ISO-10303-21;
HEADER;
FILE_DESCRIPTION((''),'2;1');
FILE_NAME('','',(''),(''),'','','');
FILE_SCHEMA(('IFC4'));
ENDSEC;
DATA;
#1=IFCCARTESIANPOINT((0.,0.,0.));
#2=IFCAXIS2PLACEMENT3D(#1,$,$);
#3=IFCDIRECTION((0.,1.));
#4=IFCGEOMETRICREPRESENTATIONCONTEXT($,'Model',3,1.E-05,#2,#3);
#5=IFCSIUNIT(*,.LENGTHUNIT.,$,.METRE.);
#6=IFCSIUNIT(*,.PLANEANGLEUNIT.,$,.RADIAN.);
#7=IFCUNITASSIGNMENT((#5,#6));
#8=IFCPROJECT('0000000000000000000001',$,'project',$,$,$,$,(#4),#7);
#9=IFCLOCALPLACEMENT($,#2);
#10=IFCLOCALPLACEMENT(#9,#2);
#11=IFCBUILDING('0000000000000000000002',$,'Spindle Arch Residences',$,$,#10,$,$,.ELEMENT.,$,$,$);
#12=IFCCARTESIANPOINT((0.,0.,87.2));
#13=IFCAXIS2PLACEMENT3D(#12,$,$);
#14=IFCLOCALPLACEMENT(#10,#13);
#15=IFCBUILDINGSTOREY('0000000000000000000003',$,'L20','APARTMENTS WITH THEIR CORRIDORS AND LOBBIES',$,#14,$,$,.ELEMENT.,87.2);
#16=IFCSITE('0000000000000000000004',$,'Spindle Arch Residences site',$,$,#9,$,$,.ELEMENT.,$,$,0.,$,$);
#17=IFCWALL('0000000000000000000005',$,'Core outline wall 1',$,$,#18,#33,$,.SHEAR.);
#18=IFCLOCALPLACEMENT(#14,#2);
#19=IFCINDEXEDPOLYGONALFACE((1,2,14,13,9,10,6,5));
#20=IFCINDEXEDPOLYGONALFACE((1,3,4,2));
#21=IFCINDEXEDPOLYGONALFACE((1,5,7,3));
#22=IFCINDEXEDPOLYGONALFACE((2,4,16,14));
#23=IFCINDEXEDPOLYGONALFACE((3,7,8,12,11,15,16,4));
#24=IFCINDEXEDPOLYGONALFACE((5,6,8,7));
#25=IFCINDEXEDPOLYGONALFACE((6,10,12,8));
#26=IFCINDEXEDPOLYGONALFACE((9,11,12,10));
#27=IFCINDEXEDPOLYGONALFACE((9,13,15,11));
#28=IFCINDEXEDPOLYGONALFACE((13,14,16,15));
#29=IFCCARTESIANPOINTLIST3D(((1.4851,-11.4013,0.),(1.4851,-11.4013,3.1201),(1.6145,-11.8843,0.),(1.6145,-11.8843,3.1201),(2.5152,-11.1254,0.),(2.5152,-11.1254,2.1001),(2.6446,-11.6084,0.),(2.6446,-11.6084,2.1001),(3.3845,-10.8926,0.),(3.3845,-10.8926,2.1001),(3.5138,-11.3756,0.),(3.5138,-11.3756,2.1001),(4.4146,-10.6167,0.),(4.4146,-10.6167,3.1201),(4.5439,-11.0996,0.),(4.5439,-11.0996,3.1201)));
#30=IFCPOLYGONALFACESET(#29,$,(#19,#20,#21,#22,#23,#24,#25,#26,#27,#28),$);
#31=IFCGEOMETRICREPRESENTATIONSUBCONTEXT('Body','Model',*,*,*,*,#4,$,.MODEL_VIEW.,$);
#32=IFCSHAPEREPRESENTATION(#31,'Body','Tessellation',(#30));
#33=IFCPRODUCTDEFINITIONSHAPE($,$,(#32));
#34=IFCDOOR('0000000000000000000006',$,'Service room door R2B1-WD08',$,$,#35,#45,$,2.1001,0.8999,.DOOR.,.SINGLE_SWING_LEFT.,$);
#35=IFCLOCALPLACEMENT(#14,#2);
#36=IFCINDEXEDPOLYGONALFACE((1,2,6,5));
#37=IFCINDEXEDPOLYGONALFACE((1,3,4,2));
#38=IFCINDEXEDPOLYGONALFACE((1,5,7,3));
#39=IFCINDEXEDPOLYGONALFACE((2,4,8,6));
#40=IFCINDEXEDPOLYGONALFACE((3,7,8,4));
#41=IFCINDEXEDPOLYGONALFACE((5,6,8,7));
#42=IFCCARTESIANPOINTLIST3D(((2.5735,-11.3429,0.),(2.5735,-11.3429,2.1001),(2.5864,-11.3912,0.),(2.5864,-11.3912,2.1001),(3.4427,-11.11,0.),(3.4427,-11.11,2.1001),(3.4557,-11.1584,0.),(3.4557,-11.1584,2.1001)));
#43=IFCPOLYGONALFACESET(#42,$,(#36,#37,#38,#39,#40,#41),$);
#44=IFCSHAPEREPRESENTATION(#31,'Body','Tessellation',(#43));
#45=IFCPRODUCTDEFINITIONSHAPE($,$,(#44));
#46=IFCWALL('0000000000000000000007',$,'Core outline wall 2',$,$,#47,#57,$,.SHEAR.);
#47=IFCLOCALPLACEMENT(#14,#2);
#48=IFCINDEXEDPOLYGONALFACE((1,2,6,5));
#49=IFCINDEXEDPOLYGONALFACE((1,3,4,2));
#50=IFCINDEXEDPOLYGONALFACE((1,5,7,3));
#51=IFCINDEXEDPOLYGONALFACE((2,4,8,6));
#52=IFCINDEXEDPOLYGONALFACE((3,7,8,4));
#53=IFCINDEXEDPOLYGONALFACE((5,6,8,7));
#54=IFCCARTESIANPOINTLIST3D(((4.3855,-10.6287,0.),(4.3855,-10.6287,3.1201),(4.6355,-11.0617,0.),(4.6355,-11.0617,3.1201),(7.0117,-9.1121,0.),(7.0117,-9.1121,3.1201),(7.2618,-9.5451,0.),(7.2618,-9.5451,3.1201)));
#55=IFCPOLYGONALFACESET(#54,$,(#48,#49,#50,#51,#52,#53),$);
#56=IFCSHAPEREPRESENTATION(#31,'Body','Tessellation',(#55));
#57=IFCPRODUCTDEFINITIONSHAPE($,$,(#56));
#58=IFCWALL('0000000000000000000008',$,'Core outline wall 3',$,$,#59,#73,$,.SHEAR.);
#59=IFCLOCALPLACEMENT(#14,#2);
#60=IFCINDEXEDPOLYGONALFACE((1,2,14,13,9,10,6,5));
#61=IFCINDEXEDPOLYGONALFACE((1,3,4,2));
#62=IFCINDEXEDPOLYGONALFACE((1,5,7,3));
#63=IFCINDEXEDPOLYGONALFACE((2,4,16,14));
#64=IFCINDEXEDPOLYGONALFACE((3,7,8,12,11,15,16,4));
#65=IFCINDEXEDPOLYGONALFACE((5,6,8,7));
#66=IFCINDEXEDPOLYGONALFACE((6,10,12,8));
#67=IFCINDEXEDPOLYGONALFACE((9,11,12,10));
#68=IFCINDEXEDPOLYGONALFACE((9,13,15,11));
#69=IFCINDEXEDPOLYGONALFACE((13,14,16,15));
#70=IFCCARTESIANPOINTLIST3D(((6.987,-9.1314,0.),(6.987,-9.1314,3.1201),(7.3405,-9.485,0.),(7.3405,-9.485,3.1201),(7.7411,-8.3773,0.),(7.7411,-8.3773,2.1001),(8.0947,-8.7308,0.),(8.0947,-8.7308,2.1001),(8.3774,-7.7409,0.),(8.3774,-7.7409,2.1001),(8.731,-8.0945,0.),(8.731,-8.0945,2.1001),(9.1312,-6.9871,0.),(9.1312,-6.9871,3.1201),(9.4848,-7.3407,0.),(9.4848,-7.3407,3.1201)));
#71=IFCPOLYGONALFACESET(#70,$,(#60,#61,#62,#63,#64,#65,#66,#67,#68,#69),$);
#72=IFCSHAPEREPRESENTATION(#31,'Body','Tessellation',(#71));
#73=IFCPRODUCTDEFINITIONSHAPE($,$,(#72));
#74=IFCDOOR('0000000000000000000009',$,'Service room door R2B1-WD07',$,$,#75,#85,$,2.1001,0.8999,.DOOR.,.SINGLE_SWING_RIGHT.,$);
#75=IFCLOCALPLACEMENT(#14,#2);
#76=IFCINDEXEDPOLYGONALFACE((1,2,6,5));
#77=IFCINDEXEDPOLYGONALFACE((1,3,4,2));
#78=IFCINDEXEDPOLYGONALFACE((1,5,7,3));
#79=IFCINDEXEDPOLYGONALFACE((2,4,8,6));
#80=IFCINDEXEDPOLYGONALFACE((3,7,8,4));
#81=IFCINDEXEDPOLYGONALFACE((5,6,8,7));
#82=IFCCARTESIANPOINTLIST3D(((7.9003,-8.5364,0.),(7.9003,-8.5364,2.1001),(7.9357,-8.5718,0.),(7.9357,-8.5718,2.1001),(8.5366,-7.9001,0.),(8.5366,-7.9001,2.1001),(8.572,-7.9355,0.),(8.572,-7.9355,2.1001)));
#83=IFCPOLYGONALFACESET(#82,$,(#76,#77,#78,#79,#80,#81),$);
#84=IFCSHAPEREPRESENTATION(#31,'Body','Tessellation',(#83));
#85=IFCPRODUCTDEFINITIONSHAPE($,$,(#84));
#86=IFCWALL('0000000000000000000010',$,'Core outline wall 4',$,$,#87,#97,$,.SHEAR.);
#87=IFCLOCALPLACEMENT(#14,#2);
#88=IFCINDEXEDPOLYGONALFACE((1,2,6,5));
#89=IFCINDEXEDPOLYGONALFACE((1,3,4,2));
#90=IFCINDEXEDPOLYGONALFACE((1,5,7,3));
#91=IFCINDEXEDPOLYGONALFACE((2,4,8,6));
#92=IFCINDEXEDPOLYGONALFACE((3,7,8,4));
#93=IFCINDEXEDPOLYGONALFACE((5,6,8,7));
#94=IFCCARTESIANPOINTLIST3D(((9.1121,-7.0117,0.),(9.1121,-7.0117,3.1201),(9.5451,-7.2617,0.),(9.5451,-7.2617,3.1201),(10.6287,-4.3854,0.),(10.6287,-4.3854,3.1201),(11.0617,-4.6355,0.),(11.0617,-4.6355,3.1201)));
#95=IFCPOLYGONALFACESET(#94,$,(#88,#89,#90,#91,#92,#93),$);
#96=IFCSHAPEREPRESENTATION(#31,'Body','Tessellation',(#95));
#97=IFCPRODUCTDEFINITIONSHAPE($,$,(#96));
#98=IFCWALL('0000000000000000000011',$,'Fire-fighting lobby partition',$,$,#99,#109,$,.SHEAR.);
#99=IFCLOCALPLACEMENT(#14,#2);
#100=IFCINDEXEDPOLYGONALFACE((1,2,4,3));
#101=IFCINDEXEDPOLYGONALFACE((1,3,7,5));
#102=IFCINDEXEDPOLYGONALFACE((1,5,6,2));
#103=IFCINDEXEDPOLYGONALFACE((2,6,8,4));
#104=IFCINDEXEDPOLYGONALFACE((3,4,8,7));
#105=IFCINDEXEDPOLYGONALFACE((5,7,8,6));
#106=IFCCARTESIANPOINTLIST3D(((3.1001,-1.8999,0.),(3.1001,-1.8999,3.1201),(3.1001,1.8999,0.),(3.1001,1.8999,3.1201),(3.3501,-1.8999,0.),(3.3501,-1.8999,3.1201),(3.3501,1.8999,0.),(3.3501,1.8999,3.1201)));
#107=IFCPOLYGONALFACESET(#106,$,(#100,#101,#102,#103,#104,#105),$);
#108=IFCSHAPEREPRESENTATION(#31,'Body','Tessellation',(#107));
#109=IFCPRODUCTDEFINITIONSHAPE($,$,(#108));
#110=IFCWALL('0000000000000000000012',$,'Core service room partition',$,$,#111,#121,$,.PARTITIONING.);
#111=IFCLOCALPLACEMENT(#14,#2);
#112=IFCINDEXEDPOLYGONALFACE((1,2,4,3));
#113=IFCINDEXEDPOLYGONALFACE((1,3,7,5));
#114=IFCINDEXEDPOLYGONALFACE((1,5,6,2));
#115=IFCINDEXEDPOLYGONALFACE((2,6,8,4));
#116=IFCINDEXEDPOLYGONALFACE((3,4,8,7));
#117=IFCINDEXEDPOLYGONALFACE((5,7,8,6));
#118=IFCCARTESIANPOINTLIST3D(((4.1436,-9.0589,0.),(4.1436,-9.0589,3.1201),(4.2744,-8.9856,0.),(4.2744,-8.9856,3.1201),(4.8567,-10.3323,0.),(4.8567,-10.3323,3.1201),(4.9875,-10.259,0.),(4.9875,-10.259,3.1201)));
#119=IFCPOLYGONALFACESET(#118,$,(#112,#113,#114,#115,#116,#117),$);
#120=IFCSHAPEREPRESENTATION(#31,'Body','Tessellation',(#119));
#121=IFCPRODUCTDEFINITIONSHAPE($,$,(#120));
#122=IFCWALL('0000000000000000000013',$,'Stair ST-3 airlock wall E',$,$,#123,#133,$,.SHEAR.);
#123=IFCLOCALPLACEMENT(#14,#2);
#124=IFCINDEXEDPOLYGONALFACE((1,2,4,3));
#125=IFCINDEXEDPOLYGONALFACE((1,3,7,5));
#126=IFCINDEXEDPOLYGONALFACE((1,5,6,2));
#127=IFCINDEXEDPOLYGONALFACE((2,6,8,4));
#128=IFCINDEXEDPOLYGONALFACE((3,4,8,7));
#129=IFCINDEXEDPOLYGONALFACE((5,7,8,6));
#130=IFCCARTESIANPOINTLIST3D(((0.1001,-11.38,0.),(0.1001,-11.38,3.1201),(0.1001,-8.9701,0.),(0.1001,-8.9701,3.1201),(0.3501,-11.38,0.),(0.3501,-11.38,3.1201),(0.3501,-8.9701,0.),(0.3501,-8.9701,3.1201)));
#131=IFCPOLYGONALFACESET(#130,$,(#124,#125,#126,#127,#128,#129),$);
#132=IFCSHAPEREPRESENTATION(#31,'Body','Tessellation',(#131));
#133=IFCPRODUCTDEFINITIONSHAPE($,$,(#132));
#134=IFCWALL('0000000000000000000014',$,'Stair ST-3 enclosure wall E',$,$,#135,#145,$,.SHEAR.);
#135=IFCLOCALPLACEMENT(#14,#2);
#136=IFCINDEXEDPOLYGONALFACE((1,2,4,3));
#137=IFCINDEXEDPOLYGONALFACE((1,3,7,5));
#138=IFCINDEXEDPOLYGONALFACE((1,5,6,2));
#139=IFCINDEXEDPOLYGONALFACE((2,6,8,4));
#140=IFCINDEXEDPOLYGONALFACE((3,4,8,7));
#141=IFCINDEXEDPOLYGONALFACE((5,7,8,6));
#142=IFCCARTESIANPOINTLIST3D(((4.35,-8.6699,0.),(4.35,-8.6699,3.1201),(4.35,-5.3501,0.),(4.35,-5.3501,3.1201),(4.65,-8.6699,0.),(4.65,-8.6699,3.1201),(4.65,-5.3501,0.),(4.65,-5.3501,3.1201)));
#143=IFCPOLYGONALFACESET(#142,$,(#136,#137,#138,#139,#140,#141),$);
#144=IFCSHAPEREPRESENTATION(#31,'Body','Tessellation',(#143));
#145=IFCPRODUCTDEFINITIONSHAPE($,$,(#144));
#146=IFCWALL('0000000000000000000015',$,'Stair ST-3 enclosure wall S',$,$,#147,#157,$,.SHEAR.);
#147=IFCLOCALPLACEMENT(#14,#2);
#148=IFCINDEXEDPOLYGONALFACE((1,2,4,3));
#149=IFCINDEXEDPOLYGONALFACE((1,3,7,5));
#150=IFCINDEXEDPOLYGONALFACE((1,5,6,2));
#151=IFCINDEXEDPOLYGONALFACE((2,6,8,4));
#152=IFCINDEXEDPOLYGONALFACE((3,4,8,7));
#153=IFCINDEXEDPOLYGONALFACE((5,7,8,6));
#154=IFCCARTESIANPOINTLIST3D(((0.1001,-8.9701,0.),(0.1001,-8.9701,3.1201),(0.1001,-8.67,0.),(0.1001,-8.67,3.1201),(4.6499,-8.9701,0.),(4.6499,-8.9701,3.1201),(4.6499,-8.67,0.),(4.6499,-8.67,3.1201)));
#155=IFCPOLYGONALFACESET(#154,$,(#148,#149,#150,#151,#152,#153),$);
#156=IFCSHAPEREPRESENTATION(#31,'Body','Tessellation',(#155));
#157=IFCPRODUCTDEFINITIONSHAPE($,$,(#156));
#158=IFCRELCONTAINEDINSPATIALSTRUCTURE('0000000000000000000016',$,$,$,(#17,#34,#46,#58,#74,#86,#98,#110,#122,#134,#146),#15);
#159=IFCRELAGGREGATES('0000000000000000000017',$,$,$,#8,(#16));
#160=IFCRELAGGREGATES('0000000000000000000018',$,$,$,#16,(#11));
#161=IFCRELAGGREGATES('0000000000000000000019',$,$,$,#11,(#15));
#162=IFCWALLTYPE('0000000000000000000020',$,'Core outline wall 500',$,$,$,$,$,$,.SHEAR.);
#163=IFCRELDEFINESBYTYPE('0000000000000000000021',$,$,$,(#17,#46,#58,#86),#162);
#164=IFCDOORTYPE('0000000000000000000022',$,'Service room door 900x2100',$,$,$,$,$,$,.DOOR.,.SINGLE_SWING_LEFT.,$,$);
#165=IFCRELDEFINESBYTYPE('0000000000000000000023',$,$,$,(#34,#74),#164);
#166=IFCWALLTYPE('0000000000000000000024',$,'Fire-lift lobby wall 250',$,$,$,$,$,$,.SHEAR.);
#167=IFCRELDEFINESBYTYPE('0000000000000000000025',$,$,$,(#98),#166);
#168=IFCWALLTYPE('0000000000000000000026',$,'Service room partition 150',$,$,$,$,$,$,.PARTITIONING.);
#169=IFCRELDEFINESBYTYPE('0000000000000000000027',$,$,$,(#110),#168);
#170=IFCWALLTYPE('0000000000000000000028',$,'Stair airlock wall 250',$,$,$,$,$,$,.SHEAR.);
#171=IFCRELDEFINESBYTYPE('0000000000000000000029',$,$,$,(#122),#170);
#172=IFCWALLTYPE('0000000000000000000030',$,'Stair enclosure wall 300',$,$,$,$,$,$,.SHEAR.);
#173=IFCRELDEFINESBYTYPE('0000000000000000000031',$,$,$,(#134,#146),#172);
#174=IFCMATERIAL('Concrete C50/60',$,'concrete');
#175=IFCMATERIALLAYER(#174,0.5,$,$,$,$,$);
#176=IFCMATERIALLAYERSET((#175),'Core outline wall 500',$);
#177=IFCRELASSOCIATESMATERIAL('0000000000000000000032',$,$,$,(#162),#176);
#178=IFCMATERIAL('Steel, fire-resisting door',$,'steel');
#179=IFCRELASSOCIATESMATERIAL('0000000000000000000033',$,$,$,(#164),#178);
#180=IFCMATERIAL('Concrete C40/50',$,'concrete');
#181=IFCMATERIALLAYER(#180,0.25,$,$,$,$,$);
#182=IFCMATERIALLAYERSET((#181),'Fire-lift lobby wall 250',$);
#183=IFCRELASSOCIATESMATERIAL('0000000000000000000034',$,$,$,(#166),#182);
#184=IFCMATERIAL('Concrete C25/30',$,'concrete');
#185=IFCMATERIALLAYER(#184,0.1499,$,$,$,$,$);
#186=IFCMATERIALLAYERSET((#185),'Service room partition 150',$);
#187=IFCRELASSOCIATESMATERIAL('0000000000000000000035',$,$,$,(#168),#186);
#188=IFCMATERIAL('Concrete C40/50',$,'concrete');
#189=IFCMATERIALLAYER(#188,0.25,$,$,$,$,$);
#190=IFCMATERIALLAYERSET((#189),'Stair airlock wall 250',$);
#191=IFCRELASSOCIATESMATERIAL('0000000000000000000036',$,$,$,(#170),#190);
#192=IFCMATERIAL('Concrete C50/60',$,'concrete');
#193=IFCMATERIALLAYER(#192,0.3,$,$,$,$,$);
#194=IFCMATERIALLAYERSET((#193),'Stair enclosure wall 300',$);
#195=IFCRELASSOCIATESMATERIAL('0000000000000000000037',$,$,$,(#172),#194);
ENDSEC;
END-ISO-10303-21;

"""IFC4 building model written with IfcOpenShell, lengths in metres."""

from ifc_helpers import new_model, si_unit, direction, frame, frame_2d, origin, place, context, subcontext, project, spatial, rectangle, extrude, material, layer, layer_set, type_object, element, fill, save


model = new_model("IFC4")

# Units and contexts
model_context = context("Model", 3, precision=1e-05, world=origin(), true_north=direction((0.0, 1.0)))
body_context = subcontext(model_context, "Body", "Model", "MODEL_VIEW")
ifc_project = project(units=[si_unit("LENGTHUNIT", "METRE"), si_unit("PLANEANGLEUNIT", "RADIAN")], contexts=[model_context])

# Site, building, storey
site_placement = place(None, origin())
site = spatial("IfcSite", under=ifc_project, at=site_placement, Name="Spindle Arch Residences site", CompositionType="ELEMENT", RefElevation=0.0)
building_placement = place(site_placement, origin())
building = spatial("IfcBuilding", under=site, at=building_placement, Name="Spindle Arch Residences", CompositionType="ELEMENT")
storey_placement = place(building_placement, frame((0.0, 0.0, 87.2)))
storey = spatial("IfcBuildingStorey", under=building, at=storey_placement, Name="L20", Description="APARTMENTS WITH THEIR CORRIDORS AND LOBBIES", CompositionType="ELEMENT", Elevation=87.2)

# Wall, opening, door
ifc_material_1 = material(Name="Concrete C50/60", Category="concrete")
ifc_layer_1 = layer(ifc_material_1, 0.5)
ifc_layer_set_1 = layer_set([ifc_layer_1], Name="Core outline wall 500")
wall_type_1 = type_object("IfcWallType", Name="Core outline wall 500", PredefinedType="SHEAR", material=ifc_layer_set_1)
wall_1_placement = place(storey_placement, frame((1.5498, -11.6428, 0.0), z_axis=(0.0, 0.0, 1.0), x_axis=(0.965948, 0.258735, 0.0)))
wall_1 = element("IfcWall", 1, at=wall_1_placement, inside=storey, type_object=wall_type_1, Name="Core outline wall 1", PredefinedType="SHEAR", context=body_context, shape_type="SweptSolid", body=[
    extrude(rectangle(XDim=3.0327, YDim=0.5, at=frame_2d((1.5164, 0.0))), origin(), (0.0, 0.0, 1.0), 3.1201),
])
opening_1_placement = place(wall_1_placement, frame((1.0664, 0.0, 0.0)))
opening_1 = element("IfcOpeningElement", 2, at=opening_1_placement, cuts=wall_1, PredefinedType="OPENING", context=body_context, shape_type="SweptSolid", body=[
    extrude(rectangle(XDim=0.8999, YDim=2.1001, at=frame_2d((0.45, 1.05))), frame((0.0, 0.26, 0.0), z_axis=(0.0, -1.0, 0.0), x_axis=(1.0, 0.0, 0.0)), (0.0, 0.0, 1.0), 0.52),
])
ifc_material_2 = material(Name="Steel, fire-resisting door", Category="steel")
door_type_1 = type_object("IfcDoorType", Name="Service room door 900x2100", OperationType="SINGLE_SWING_LEFT", PredefinedType="DOOR", material=ifc_material_2)
door_1_placement = place(opening_1_placement, origin())
door_1 = element("IfcDoor", 3, at=door_1_placement, inside=storey, type_object=door_type_1, Name="Service room door R2B1-WD08", OperationType="SINGLE_SWING_LEFT", OverallHeight=2.1001, OverallWidth=0.8999, PredefinedType="DOOR", context=body_context, shape_type="SweptSolid", body=[
    extrude(rectangle(XDim=0.8999, YDim=2.1001, at=frame_2d((0.45, 1.05))), frame((0.0, 0.0249, 0.0), z_axis=(0.0, -1.0, 0.0), x_axis=(1.0, 0.0, 0.0)), (0.0, 0.0, 1.0), 0.05),
])
fill(opening_1, door_1)

# Wall
wall_2_placement = place(storey_placement, frame((4.5105, -10.8452, 0.0), z_axis=(0.0, 0.0, 1.0), x_axis=(0.865975, 0.500087, 0.0)))
element("IfcWall", 4, at=wall_2_placement, inside=storey, type_object=wall_type_1, Name="Core outline wall 2", PredefinedType="SHEAR", context=body_context, shape_type="SweptSolid", body=[
    extrude(rectangle(XDim=3.0327, YDim=0.5, at=frame_2d((1.5164, 0.0))), origin(), (0.0, 0.0, 1.0), 3.1201),
])

# Wall, opening, door
wall_3_placement = place(storey_placement, frame((7.1638, -9.3081, 0.0), z_axis=(0.0, 0.0, 1.0), x_axis=(0.707107, 0.707107, 0.0)))
wall_3 = element("IfcWall", 5, at=wall_3_placement, inside=storey, type_object=wall_type_1, Name="Core outline wall 3", PredefinedType="SHEAR", context=body_context, shape_type="SweptSolid", body=[
    extrude(rectangle(XDim=3.0325, YDim=0.5, at=frame_2d((1.5161, 0.0))), origin(), (0.0, 0.0, 1.0), 3.1201),
])
opening_2_placement = place(wall_3_placement, frame((1.0664, 0.0, 0.0)))
opening_2 = element("IfcOpeningElement", 6, at=opening_2_placement, cuts=wall_3, PredefinedType="OPENING", context=body_context, shape_type="SweptSolid", body=[
    extrude(rectangle(XDim=0.8999, YDim=2.1001, at=frame_2d((0.45, 1.05))), frame((0.0, 0.26, 0.0), z_axis=(0.0, -1.0, 0.0), x_axis=(1.0, 0.0, 0.0)), (0.0, 0.0, 1.0), 0.52),
])
door_2_placement = place(opening_2_placement, origin())
door_2 = element("IfcDoor", 7, at=door_2_placement, inside=storey, type_object=door_type_1, Name="Service room door R2B1-WD07", OperationType="SINGLE_SWING_RIGHT", OverallHeight=2.1001, OverallWidth=0.8999, PredefinedType="DOOR", context=body_context, shape_type="SweptSolid", body=[
    extrude(rectangle(XDim=0.8999, YDim=2.1001, at=frame_2d((0.45, 1.05))), frame((0.0, 0.0249, 0.0), z_axis=(0.0, -1.0, 0.0), x_axis=(1.0, 0.0, 0.0)), (0.0, 0.0, 1.0), 0.05),
])
fill(opening_2, door_2)

# Walls
wall_4_placement = place(storey_placement, frame((9.3286, -7.1367, 0.0), z_axis=(0.0, 0.0, 1.0), x_axis=(0.500087, 0.865975, 0.0)))
element("IfcWall", 8, at=wall_4_placement, inside=storey, type_object=wall_type_1, Name="Core outline wall 4", PredefinedType="SHEAR", context=body_context, shape_type="SweptSolid", body=[
    extrude(rectangle(XDim=3.0327, YDim=0.5, at=frame_2d((1.5164, 0.0))), origin(), (0.0, 0.0, 1.0), 3.1201),
])
ifc_material_3 = material(Name="Concrete C40/50", Category="concrete")
ifc_layer_2 = layer(ifc_material_3, 0.25)
ifc_layer_set_2 = layer_set([ifc_layer_2], Name="Fire-lift lobby wall 250")
wall_type_2 = type_object("IfcWallType", Name="Fire-lift lobby wall 250", PredefinedType="SHEAR", material=ifc_layer_set_2)
wall_5_placement = place(storey_placement, frame((3.2251, -1.8999, 0.0), z_axis=(0.0, 0.0, 1.0), x_axis=(0.0, 1.0, 0.0)))
element("IfcWall", 9, at=wall_5_placement, inside=storey, type_object=wall_type_2, Name="Fire-fighting lobby partition", PredefinedType="SHEAR", context=body_context, shape_type="SweptSolid", body=[
    extrude(rectangle(XDim=3.7998, YDim=0.25, at=frame_2d((1.8999, 0.0))), origin(), (0.0, 0.0, 1.0), 3.1201),
])

# Walls
ifc_material_4 = material(Name="Concrete C25/30", Category="concrete")
ifc_layer_3 = layer(ifc_material_4, 0.1499)
ifc_layer_set_3 = layer_set([ifc_layer_3], Name="Service room partition 150")
wall_type_3 = type_object("IfcWallType", Name="Service room partition 150", PredefinedType="PARTITIONING", material=ifc_layer_set_3)
wall_6_placement = place(storey_placement, frame((4.9221, -10.2957, 0.0), z_axis=(0.0, 0.0, 1.0), x_axis=(-0.488608, 0.872503, 0.0)))
element("IfcWall", 10, at=wall_6_placement, inside=storey, type_object=wall_type_3, Name="Core service room partition", PredefinedType="PARTITIONING", context=body_context, shape_type="SweptSolid", body=[
    extrude(rectangle(XDim=1.4595, YDim=0.1499, at=frame_2d((0.7297, 0.0))), origin(), (0.0, 0.0, 1.0), 3.1201),
])
ifc_material_5 = material(Name="Concrete C40/50", Category="concrete")
ifc_layer_4 = layer(ifc_material_5, 0.25)
ifc_layer_set_4 = layer_set([ifc_layer_4], Name="Stair airlock wall 250")
wall_type_4 = type_object("IfcWallType", Name="Stair airlock wall 250", PredefinedType="SHEAR", material=ifc_layer_set_4)
wall_7_placement = place(storey_placement, frame((0.2251, -8.97, 0.0), z_axis=(0.0, 0.0, 1.0), x_axis=(0.0, -1.0, 0.0)))
element("IfcWall", 11, at=wall_7_placement, inside=storey, type_object=wall_type_4, Name="Stair ST-3 airlock wall E", PredefinedType="SHEAR", context=body_context, shape_type="SweptSolid", body=[
    extrude(rectangle(XDim=2.4099, YDim=0.25, at=frame_2d((1.2051, 0.0))), origin(), (0.0, 0.0, 1.0), 3.1201),
])
ifc_material_6 = material(Name="Concrete C50/60", Category="concrete")
ifc_layer_5 = layer(ifc_material_6, 0.3)
ifc_layer_set_5 = layer_set([ifc_layer_5], Name="Stair enclosure wall 300")
wall_type_5 = type_object("IfcWallType", Name="Stair enclosure wall 300", PredefinedType="SHEAR", material=ifc_layer_set_5)
wall_8_placement = place(storey_placement, frame((4.5, -8.6699, 0.0), z_axis=(0.0, 0.0, 1.0), x_axis=(0.0, 1.0, 0.0)))
element("IfcWall", 12, at=wall_8_placement, inside=storey, type_object=wall_type_5, Name="Stair ST-3 enclosure wall E", PredefinedType="SHEAR", context=body_context, shape_type="SweptSolid", body=[
    extrude(rectangle(XDim=3.3198, YDim=0.3, at=frame_2d((1.6599, 0.0))), origin(), (0.0, 0.0, 1.0), 3.1201),
])
wall_9_placement = place(storey_placement, frame((0.1001, -8.8201, 0.0), z_axis=(0.0, 0.0, 1.0), x_axis=(1.0, 0.0, 0.0)))
element("IfcWall", 13, at=wall_9_placement, inside=storey, type_object=wall_type_5, Name="Stair ST-3 enclosure wall S", PredefinedType="SHEAR", context=body_context, shape_type="SweptSolid", body=[
    extrude(rectangle(XDim=4.5498, YDim=0.3, at=frame_2d((2.2749, 0.0))), origin(), (0.0, 0.0, 1.0), 3.1201),
])

save(model, "model.ifc")
